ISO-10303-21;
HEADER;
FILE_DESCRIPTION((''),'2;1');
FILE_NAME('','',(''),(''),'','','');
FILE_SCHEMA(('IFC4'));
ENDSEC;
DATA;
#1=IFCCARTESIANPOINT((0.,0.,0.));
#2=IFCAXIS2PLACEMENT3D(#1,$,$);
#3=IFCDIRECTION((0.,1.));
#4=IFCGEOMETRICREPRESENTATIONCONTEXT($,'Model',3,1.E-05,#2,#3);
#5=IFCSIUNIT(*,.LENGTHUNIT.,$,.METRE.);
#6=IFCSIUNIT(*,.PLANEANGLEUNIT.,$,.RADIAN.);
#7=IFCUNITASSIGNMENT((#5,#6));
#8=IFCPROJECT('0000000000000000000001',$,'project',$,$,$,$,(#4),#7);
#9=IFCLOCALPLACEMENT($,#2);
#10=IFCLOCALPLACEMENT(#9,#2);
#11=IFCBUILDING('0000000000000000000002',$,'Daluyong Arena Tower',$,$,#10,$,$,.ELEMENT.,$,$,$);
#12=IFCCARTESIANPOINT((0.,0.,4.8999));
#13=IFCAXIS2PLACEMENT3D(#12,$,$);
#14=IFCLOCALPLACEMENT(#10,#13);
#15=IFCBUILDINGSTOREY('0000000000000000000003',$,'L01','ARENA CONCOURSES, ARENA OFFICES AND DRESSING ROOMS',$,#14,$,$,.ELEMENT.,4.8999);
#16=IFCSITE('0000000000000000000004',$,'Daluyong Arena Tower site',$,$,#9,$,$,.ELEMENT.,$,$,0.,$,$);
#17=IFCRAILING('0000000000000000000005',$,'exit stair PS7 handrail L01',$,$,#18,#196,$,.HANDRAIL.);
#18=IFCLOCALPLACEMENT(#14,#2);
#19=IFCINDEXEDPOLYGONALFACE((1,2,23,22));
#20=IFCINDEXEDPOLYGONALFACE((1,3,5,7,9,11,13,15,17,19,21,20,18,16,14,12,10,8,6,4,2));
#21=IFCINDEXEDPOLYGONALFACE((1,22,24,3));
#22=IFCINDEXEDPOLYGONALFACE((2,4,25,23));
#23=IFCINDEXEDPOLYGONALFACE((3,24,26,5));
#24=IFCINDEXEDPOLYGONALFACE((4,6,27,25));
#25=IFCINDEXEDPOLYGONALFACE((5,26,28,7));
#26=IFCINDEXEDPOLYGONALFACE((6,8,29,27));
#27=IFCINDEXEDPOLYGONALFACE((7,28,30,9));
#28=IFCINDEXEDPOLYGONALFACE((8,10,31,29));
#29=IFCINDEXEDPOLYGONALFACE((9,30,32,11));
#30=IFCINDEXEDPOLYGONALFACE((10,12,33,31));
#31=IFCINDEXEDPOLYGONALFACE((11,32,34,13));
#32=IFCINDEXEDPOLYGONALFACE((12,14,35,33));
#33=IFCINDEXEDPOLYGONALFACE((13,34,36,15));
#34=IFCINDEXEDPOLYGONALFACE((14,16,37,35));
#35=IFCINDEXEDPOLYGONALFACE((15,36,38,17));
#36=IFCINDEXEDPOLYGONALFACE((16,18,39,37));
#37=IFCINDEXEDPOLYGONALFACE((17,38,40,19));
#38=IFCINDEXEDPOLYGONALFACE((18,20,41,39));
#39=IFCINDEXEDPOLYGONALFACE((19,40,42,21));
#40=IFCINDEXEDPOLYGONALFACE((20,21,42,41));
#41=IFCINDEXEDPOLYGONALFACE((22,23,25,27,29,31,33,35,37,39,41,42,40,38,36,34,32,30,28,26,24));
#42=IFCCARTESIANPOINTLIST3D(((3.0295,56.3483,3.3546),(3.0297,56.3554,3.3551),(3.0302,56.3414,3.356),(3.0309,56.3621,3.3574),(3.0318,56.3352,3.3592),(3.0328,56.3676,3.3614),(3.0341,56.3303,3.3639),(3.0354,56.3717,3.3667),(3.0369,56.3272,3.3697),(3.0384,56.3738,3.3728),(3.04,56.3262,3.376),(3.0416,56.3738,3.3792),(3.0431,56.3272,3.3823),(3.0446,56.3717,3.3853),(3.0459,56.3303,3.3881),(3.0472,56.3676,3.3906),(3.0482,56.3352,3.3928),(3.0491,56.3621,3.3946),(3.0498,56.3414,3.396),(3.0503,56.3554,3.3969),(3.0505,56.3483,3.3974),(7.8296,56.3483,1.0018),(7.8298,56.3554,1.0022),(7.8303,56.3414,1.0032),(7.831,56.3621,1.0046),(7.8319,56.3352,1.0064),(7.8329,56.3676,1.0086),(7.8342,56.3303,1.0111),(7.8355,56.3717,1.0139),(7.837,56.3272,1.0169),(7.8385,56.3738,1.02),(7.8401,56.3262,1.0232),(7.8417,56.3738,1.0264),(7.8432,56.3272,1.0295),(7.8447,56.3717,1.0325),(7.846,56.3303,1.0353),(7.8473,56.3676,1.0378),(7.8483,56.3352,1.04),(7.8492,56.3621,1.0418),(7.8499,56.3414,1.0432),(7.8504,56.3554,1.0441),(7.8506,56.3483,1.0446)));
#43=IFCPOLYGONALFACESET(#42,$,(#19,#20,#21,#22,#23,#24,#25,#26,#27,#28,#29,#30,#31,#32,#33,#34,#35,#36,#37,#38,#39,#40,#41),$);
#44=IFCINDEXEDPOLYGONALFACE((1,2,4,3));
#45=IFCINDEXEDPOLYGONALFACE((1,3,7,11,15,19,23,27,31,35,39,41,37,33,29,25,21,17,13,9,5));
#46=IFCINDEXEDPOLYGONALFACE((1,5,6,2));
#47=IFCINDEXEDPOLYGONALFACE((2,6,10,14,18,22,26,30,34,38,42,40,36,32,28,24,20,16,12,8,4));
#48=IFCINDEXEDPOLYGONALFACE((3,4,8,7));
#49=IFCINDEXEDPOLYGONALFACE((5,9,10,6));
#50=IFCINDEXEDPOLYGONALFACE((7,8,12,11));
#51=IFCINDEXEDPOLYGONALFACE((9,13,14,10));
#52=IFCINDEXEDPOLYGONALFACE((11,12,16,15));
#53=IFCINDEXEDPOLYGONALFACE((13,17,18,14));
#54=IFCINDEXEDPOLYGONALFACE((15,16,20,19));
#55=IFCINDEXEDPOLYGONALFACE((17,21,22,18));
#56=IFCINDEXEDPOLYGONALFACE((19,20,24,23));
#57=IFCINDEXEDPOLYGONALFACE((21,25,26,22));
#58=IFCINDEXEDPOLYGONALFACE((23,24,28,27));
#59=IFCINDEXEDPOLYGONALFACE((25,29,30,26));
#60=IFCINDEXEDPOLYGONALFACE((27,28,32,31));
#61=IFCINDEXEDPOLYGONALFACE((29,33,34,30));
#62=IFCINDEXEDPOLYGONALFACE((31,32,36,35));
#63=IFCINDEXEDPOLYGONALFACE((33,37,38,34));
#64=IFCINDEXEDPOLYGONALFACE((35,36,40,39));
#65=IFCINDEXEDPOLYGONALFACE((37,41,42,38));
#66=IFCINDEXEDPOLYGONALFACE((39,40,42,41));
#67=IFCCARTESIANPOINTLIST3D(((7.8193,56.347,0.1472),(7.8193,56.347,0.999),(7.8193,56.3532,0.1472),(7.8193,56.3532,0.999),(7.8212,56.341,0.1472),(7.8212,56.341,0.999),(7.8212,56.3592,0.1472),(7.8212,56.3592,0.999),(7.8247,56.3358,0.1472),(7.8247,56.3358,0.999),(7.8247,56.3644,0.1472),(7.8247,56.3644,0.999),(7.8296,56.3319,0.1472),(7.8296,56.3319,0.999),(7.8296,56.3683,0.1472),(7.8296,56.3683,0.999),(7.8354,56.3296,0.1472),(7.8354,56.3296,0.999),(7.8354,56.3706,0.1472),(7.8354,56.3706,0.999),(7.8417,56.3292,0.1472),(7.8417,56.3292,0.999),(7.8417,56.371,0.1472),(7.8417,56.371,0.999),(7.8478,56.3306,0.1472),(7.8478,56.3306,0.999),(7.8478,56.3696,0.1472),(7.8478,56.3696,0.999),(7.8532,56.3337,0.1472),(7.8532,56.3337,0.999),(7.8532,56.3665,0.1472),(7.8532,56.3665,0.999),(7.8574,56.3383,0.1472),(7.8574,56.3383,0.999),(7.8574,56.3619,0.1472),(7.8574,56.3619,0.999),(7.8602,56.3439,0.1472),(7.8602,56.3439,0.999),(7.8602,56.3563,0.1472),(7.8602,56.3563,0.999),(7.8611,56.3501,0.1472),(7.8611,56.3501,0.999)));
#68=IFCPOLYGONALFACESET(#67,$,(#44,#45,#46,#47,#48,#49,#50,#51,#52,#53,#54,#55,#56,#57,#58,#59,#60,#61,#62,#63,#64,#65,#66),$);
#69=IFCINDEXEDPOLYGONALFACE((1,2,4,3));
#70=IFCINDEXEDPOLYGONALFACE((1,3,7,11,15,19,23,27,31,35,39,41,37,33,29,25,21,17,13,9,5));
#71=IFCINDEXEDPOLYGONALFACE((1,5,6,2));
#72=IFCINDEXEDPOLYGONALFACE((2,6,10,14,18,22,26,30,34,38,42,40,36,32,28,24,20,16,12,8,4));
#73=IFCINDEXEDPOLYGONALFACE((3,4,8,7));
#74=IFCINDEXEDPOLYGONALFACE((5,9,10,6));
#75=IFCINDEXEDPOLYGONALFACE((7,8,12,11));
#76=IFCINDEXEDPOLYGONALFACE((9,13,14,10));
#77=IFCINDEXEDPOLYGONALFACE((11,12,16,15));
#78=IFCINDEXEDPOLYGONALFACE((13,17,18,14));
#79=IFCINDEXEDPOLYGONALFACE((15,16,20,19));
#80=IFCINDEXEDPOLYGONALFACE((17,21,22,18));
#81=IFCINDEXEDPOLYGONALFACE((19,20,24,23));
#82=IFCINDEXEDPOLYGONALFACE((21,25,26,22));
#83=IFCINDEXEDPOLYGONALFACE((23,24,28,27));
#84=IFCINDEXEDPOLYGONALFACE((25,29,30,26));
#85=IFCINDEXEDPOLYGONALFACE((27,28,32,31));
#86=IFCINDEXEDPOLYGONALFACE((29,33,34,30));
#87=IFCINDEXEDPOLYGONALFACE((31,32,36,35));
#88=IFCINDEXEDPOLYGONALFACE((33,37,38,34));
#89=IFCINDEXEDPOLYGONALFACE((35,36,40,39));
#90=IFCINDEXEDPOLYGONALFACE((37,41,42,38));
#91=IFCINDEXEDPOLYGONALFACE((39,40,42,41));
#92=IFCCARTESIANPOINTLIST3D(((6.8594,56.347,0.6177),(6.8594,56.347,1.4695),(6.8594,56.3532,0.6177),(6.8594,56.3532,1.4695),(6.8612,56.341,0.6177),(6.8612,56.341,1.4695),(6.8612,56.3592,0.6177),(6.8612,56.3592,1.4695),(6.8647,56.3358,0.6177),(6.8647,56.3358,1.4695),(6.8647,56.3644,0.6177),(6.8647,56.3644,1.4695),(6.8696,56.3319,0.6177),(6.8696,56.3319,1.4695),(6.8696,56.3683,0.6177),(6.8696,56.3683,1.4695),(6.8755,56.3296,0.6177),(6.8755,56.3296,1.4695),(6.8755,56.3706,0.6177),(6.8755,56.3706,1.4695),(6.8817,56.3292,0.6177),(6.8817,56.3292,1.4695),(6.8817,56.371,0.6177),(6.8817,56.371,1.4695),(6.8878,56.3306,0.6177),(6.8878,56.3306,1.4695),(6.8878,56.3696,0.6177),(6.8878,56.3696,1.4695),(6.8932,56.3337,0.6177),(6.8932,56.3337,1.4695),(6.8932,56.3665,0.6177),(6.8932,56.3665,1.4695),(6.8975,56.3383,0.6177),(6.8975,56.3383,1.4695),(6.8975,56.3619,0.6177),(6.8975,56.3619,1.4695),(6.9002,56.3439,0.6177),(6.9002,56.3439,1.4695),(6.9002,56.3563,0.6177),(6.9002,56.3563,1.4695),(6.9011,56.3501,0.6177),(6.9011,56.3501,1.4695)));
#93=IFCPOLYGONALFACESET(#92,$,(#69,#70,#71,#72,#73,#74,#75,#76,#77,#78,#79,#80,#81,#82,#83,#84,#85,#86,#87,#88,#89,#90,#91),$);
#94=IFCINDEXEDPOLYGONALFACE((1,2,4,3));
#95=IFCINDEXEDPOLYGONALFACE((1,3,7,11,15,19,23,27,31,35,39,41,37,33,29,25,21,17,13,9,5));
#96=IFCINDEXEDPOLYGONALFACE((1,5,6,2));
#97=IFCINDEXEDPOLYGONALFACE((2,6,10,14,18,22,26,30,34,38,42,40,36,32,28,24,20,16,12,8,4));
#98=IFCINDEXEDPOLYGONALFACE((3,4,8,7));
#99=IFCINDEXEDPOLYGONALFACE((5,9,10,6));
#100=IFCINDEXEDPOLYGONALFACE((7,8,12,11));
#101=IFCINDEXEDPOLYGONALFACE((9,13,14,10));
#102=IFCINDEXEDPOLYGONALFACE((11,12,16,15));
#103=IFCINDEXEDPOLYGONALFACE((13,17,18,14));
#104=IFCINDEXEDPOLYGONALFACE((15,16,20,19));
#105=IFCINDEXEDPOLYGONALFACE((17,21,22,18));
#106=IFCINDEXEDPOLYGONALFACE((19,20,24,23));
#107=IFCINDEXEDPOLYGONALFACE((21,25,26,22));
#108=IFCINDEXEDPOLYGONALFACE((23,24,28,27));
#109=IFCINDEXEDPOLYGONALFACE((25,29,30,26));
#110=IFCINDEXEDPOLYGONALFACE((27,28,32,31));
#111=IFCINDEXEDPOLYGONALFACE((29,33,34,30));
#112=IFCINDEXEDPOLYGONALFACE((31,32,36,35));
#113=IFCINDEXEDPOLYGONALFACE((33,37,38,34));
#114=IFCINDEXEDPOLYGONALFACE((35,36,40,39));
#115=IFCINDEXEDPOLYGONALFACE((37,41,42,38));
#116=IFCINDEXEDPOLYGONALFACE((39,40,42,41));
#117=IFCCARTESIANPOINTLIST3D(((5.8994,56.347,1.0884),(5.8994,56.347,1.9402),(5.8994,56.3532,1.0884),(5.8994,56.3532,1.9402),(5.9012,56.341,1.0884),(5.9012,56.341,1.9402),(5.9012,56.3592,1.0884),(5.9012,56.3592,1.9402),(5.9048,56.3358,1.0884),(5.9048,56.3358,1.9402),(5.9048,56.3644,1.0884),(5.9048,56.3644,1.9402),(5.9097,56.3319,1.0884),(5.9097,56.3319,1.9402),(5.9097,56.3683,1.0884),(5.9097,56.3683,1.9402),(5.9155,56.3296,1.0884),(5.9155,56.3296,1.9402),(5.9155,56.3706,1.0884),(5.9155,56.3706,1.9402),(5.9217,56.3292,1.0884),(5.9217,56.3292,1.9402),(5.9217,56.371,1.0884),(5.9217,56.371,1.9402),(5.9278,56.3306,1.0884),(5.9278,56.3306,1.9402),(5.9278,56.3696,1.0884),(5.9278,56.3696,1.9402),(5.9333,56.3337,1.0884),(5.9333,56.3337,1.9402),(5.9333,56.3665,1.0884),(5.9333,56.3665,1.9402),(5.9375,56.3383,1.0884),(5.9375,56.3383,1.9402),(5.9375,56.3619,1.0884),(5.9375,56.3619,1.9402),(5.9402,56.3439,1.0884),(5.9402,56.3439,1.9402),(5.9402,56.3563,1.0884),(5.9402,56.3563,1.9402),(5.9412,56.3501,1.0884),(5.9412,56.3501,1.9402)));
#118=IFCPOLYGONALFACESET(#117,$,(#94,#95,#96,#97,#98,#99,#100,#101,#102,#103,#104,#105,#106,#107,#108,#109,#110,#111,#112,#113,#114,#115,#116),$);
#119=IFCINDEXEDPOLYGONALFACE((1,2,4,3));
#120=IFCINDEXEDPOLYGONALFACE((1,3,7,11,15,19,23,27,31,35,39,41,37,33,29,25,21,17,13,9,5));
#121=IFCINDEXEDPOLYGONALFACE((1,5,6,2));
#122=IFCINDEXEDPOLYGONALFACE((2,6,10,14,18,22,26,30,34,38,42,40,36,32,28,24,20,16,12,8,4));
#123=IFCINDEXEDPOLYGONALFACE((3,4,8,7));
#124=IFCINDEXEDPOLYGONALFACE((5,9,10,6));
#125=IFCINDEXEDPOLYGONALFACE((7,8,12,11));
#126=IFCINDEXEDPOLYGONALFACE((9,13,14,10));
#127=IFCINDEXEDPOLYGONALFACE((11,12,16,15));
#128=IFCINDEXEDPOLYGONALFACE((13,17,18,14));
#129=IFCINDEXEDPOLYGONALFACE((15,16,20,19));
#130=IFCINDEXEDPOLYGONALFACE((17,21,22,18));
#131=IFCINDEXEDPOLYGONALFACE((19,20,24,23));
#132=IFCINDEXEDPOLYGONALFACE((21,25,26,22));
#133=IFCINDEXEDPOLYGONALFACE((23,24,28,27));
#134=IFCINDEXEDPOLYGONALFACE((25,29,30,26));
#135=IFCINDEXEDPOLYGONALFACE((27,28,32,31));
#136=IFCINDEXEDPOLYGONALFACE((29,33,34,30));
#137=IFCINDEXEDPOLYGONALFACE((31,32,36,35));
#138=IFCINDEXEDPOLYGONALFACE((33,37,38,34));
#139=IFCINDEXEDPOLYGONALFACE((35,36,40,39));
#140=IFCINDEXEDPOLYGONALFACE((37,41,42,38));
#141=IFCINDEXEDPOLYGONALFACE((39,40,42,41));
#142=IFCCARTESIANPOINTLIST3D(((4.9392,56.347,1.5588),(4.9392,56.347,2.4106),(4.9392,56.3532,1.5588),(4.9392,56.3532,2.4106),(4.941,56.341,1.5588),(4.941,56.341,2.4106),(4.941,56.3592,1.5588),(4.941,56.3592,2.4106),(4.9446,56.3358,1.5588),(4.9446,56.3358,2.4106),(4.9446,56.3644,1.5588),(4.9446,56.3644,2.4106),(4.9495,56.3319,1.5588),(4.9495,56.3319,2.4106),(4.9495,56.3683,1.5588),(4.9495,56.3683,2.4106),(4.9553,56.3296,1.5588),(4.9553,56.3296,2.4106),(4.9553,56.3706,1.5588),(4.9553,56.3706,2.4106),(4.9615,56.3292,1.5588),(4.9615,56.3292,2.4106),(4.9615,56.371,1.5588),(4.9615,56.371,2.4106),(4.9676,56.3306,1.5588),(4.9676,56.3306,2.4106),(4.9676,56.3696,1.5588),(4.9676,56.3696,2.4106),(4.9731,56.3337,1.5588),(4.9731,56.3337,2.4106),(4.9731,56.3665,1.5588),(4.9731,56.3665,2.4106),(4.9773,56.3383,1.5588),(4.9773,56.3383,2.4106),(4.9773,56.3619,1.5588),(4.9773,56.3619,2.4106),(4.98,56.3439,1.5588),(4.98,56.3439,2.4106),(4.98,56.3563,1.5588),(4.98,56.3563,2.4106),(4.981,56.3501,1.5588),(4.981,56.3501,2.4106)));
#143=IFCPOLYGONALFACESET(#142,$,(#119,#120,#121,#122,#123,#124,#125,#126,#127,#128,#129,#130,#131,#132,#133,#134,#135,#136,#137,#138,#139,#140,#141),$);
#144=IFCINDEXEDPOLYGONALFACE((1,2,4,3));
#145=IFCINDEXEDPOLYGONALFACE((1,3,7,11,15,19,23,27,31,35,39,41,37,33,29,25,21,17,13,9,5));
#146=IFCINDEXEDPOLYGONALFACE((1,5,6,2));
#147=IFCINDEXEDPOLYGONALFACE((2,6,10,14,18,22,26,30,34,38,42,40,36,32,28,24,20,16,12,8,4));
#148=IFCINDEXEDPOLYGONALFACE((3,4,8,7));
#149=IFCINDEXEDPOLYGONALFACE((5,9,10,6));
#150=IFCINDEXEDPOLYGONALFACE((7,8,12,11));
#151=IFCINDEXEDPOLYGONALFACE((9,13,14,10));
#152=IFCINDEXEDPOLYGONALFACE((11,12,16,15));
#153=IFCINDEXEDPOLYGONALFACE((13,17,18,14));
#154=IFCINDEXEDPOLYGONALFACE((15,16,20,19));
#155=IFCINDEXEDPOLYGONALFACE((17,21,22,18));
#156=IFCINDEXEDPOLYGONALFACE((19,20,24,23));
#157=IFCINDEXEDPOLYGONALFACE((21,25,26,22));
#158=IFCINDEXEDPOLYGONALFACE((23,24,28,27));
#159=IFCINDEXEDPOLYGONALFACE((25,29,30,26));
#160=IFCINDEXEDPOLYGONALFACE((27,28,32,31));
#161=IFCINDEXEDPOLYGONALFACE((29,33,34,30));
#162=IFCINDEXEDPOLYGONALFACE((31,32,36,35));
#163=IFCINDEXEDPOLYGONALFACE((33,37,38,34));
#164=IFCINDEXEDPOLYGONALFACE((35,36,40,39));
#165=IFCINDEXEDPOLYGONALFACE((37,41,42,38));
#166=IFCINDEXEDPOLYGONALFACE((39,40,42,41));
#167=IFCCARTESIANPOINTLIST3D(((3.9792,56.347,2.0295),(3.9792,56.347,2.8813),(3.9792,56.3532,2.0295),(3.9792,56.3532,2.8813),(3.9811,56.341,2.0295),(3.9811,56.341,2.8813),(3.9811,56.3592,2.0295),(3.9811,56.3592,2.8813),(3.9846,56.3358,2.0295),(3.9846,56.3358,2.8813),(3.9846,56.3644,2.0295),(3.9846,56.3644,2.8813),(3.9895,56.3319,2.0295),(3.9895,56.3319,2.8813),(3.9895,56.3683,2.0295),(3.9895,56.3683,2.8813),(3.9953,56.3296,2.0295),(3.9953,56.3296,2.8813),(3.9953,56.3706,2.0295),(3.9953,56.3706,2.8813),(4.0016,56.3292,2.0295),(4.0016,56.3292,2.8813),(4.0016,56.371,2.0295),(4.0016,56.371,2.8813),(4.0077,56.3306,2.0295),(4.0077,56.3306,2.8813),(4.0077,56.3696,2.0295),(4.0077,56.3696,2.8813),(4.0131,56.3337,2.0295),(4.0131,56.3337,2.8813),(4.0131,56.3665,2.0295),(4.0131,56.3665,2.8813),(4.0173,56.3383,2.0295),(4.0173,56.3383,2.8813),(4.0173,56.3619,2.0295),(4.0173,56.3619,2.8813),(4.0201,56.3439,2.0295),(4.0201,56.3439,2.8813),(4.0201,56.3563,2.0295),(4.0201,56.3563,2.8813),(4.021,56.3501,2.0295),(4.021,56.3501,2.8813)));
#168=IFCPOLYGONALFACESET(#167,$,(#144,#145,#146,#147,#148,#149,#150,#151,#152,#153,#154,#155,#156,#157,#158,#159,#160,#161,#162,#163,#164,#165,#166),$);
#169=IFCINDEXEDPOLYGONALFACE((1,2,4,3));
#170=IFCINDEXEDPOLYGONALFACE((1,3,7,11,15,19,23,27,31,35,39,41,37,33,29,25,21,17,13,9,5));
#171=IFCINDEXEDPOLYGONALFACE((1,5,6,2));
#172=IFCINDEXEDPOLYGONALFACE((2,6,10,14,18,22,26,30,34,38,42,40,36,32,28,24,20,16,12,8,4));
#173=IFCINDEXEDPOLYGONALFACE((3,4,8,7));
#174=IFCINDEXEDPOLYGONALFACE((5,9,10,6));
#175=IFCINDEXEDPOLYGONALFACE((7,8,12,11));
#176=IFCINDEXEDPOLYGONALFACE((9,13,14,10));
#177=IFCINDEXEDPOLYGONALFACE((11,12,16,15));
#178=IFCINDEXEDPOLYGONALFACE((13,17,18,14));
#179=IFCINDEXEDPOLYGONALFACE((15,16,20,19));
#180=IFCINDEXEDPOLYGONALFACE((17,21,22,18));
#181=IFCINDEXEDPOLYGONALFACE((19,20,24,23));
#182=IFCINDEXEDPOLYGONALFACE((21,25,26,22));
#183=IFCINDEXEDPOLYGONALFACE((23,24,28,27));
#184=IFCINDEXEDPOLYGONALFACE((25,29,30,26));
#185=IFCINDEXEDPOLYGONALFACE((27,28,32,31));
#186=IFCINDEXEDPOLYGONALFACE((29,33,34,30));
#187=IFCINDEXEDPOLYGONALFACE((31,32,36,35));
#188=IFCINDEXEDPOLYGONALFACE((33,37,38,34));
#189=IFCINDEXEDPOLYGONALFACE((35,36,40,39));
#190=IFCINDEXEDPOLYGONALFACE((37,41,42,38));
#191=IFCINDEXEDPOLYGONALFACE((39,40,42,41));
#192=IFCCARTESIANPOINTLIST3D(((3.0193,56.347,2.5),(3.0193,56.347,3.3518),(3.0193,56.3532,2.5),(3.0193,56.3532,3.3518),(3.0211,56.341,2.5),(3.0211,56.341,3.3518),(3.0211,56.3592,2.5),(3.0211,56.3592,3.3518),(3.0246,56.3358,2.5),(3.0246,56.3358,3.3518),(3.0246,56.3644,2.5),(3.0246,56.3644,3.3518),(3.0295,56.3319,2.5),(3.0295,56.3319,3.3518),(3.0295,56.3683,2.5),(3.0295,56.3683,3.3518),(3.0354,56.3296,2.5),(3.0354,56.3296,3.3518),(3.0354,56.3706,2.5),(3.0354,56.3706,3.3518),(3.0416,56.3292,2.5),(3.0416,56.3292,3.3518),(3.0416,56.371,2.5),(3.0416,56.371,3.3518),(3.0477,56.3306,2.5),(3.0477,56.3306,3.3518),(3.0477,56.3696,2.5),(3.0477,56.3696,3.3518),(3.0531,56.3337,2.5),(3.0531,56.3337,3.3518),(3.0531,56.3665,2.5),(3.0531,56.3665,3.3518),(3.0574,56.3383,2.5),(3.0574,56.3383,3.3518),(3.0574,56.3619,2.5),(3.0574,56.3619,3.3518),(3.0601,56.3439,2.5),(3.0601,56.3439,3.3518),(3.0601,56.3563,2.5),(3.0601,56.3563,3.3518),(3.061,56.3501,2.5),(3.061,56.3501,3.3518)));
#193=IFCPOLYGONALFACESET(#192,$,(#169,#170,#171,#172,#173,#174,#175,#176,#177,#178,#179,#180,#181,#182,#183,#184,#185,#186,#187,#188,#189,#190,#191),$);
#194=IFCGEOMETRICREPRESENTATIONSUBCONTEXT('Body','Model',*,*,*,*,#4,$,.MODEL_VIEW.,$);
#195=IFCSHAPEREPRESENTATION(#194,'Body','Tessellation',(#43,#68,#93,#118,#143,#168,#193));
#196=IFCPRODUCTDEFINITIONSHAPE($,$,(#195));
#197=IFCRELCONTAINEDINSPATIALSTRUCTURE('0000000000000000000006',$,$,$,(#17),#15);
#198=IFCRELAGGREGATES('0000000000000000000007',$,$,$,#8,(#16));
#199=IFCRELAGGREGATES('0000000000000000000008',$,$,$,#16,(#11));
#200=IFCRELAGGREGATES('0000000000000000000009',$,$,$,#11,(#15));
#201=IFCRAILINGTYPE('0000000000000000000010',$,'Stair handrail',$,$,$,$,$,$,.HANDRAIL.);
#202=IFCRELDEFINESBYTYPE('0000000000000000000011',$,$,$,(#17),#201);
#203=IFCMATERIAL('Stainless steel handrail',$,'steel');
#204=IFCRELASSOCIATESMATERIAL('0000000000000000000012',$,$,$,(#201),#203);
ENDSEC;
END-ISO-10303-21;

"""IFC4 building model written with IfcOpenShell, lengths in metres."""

from ifc_helpers import new_model, si_unit, direction, frame, origin, origin_2d, place, context, subcontext, project, spatial, circle, extrude, material, type_object, element, save


model = new_model("IFC4")

# Units and contexts
model_context = context("Model", 3, precision=1e-05, world=origin(), true_north=direction((0.0, 1.0)))
body_context = subcontext(model_context, "Body", "Model", "MODEL_VIEW")
ifc_project = project(units=[si_unit("LENGTHUNIT", "METRE"), si_unit("PLANEANGLEUNIT", "RADIAN")], contexts=[model_context])

# Site, building, storey
site_placement = place(None, origin())
site = spatial("IfcSite", under=ifc_project, at=site_placement, Name="Daluyong Arena Tower site", CompositionType="ELEMENT", RefElevation=0.0)
building_placement = place(site_placement, origin())
building = spatial("IfcBuilding", under=site, at=building_placement, Name="Daluyong Arena Tower", CompositionType="ELEMENT")
storey_placement = place(building_placement, frame((0.0, 0.0, 4.8999)))
storey = spatial("IfcBuildingStorey", under=building, at=storey_placement, Name="L01", Description="ARENA CONCOURSES, ARENA OFFICES AND DRESSING ROOMS", CompositionType="ELEMENT", Elevation=4.8999)

# Railing
ifc_material_1 = material(Name="Stainless steel handrail", Category="steel")
railing_type_1 = type_object("IfcRailingType", Name="Stair handrail", PredefinedType="HANDRAIL", material=ifc_material_1)
railing_1_placement = place(storey_placement, frame((7.8401, 56.3501, 0.1472)))
element("IfcRailing", 1, at=railing_1_placement, inside=storey, type_object=railing_type_1, Name="exit stair PS7 handrail L01", PredefinedType="HANDRAIL", context=body_context, shape_type="SweptSolid", body=[
    extrude(circle(Radius=0.0239, at=origin_2d()), frame((0.0, 0.0, 0.876), z_axis=(-0.897934, 0.0, 0.44013), x_axis=(0.0, -1.0, 0.0)), (0.0, 0.0, 1.0), 5.3457),
    extrude(circle(Radius=0.021, at=origin_2d()), origin(), (0.0, 0.0, 1.0), 0.8518),
    extrude(circle(Radius=0.021, at=origin_2d()), frame((-0.96, 0.0, 0.4705)), (0.0, 0.0, 1.0), 0.8518),
    extrude(circle(Radius=0.021, at=origin_2d()), frame((-1.9199, 0.0, 0.9412)), (0.0, 0.0, 1.0), 0.8518),
    extrude(circle(Radius=0.021, at=origin_2d()), frame((-2.8801, 0.0, 1.4116)), (0.0, 0.0, 1.0), 0.8518),
    extrude(circle(Radius=0.021, at=origin_2d()), frame((-3.8401, 0.0, 1.8823)), (0.0, 0.0, 1.0), 0.8518),
    extrude(circle(Radius=0.021, at=origin_2d()), frame((-4.8, 0.0, 2.3528)), (0.0, 0.0, 1.0), 0.8518),
])

save(model, "model.ifc")
